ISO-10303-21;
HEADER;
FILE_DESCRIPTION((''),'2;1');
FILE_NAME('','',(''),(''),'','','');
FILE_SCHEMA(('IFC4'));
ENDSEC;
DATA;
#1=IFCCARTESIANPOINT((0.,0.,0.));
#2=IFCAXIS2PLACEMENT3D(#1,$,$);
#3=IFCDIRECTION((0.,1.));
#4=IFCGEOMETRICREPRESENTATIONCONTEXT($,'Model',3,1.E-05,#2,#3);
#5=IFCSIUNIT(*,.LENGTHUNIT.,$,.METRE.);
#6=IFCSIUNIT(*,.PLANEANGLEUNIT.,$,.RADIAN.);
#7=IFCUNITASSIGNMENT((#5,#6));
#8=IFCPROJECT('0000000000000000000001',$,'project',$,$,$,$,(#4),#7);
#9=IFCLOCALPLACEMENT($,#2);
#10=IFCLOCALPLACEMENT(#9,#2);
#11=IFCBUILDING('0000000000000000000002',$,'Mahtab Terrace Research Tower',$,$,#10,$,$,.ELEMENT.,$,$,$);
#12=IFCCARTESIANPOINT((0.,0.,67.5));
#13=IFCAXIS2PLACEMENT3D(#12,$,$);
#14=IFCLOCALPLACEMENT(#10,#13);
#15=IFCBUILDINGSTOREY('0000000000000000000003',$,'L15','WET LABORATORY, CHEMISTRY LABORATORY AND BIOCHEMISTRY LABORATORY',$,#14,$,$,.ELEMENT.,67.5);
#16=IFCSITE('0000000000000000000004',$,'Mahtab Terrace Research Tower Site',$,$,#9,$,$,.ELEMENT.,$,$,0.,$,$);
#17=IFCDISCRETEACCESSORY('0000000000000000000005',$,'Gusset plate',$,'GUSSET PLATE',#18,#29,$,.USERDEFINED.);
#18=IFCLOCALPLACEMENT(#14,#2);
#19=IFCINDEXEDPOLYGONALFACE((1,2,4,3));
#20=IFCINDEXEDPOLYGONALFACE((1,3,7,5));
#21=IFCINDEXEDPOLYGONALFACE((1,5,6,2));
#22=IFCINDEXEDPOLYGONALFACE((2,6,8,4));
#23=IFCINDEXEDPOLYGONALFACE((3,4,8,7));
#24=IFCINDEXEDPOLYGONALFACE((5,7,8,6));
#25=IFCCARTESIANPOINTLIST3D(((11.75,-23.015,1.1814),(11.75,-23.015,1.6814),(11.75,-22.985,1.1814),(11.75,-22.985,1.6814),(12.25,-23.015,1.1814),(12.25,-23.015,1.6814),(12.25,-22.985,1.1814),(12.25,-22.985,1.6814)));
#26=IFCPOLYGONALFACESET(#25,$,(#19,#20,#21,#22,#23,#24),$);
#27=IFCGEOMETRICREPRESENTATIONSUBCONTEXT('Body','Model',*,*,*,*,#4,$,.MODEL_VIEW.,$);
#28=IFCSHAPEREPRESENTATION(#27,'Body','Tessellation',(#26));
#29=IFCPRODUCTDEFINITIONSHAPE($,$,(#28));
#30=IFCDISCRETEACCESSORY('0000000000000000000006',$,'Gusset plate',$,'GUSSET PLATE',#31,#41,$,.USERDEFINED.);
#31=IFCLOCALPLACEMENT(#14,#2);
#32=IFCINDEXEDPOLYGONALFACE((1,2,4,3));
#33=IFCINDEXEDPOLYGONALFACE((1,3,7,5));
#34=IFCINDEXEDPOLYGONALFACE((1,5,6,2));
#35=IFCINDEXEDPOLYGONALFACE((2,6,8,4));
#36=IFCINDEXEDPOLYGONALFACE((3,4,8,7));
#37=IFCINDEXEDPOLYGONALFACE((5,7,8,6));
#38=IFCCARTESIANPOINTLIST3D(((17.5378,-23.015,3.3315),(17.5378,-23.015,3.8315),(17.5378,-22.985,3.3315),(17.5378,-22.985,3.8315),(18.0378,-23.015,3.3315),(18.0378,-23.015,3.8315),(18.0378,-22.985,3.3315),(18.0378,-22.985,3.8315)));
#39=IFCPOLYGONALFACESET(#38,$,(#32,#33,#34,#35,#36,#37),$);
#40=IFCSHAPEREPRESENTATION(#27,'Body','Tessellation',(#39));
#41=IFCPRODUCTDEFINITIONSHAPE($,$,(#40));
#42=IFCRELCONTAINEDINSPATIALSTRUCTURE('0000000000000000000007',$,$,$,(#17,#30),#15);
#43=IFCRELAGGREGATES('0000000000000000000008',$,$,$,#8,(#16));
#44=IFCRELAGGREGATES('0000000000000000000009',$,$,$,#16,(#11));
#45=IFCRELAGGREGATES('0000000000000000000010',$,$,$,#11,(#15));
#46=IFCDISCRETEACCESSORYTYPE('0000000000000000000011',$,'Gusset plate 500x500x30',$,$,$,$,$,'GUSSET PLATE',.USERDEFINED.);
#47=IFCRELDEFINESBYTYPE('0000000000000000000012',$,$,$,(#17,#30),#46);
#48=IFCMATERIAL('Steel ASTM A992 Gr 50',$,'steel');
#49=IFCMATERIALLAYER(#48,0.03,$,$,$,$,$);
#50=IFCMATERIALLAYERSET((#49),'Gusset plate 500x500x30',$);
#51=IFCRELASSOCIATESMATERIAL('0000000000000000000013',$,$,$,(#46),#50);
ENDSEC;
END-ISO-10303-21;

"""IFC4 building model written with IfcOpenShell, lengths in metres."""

from ifc_helpers import new_model, si_unit, direction, frame, origin, origin_2d, place, context, subcontext, project, spatial, rectangle, extrude, material, layer, layer_set, type_object, element, save


model = new_model("IFC4")

# Units and contexts
model_context = context("Model", 3, precision=1e-05, world=origin(), true_north=direction((0.0, 1.0)))
body_context = subcontext(model_context, "Body", "Model", "MODEL_VIEW")
ifc_project = project(units=[si_unit("LENGTHUNIT", "METRE"), si_unit("PLANEANGLEUNIT", "RADIAN")], contexts=[model_context])

# Site, building, storey
site_placement = place(None, origin())
site = spatial("IfcSite", under=ifc_project, at=site_placement, Name="Mahtab Terrace Research Tower Site", CompositionType="ELEMENT", RefElevation=0.0)
building_placement = place(site_placement, origin())
building = spatial("IfcBuilding", under=site, at=building_placement, Name="Mahtab Terrace Research Tower", CompositionType="ELEMENT")
storey_placement = place(building_placement, frame((0.0, 0.0, 67.5)))
storey = spatial("IfcBuildingStorey", under=building, at=storey_placement, Name="L15", Description="WET LABORATORY, CHEMISTRY LABORATORY AND BIOCHEMISTRY LABORATORY", CompositionType="ELEMENT", Elevation=67.5)

# Shared definitions
ifc_material_1 = material(Name="Steel ASTM A992 Gr 50", Category="steel")

# Discrete accessories
ifc_layer_1 = layer(ifc_material_1, 0.03)
ifc_layer_set_1 = layer_set([ifc_layer_1], Name="Gusset plate 500x500x30")
discrete_accessory_type = type_object("IfcDiscreteAccessoryType", Name="Gusset plate 500x500x30", ElementType="GUSSET PLATE", PredefinedType="USERDEFINED", material=ifc_layer_set_1)
for number, where, z_axis, x_axis, name in (
    (1, (12.0, -23.0, 1.1814), (0.0, 0.0, 1.0), (1.0, 0.0, 0.0), "Gusset plate"),
    (2, (17.7878, -23.0, 3.3315), (0.0, 0.0, 1.0), (1.0, 0.0, 0.0), "Gusset plate"),
):
    element("IfcDiscreteAccessory", number, at=place(storey_placement, frame(where, z_axis=z_axis, x_axis=x_axis)), inside=storey, type_object=discrete_accessory_type, Name=name, ObjectType="GUSSET PLATE", PredefinedType="USERDEFINED", context=body_context, shape_type="SweptSolid", body=[
        extrude(rectangle(XDim=0.5, YDim=0.03, at=origin_2d()), origin(), (0.0, 0.0, 1.0), 0.5),
    ])

save(model, "model.ifc")
